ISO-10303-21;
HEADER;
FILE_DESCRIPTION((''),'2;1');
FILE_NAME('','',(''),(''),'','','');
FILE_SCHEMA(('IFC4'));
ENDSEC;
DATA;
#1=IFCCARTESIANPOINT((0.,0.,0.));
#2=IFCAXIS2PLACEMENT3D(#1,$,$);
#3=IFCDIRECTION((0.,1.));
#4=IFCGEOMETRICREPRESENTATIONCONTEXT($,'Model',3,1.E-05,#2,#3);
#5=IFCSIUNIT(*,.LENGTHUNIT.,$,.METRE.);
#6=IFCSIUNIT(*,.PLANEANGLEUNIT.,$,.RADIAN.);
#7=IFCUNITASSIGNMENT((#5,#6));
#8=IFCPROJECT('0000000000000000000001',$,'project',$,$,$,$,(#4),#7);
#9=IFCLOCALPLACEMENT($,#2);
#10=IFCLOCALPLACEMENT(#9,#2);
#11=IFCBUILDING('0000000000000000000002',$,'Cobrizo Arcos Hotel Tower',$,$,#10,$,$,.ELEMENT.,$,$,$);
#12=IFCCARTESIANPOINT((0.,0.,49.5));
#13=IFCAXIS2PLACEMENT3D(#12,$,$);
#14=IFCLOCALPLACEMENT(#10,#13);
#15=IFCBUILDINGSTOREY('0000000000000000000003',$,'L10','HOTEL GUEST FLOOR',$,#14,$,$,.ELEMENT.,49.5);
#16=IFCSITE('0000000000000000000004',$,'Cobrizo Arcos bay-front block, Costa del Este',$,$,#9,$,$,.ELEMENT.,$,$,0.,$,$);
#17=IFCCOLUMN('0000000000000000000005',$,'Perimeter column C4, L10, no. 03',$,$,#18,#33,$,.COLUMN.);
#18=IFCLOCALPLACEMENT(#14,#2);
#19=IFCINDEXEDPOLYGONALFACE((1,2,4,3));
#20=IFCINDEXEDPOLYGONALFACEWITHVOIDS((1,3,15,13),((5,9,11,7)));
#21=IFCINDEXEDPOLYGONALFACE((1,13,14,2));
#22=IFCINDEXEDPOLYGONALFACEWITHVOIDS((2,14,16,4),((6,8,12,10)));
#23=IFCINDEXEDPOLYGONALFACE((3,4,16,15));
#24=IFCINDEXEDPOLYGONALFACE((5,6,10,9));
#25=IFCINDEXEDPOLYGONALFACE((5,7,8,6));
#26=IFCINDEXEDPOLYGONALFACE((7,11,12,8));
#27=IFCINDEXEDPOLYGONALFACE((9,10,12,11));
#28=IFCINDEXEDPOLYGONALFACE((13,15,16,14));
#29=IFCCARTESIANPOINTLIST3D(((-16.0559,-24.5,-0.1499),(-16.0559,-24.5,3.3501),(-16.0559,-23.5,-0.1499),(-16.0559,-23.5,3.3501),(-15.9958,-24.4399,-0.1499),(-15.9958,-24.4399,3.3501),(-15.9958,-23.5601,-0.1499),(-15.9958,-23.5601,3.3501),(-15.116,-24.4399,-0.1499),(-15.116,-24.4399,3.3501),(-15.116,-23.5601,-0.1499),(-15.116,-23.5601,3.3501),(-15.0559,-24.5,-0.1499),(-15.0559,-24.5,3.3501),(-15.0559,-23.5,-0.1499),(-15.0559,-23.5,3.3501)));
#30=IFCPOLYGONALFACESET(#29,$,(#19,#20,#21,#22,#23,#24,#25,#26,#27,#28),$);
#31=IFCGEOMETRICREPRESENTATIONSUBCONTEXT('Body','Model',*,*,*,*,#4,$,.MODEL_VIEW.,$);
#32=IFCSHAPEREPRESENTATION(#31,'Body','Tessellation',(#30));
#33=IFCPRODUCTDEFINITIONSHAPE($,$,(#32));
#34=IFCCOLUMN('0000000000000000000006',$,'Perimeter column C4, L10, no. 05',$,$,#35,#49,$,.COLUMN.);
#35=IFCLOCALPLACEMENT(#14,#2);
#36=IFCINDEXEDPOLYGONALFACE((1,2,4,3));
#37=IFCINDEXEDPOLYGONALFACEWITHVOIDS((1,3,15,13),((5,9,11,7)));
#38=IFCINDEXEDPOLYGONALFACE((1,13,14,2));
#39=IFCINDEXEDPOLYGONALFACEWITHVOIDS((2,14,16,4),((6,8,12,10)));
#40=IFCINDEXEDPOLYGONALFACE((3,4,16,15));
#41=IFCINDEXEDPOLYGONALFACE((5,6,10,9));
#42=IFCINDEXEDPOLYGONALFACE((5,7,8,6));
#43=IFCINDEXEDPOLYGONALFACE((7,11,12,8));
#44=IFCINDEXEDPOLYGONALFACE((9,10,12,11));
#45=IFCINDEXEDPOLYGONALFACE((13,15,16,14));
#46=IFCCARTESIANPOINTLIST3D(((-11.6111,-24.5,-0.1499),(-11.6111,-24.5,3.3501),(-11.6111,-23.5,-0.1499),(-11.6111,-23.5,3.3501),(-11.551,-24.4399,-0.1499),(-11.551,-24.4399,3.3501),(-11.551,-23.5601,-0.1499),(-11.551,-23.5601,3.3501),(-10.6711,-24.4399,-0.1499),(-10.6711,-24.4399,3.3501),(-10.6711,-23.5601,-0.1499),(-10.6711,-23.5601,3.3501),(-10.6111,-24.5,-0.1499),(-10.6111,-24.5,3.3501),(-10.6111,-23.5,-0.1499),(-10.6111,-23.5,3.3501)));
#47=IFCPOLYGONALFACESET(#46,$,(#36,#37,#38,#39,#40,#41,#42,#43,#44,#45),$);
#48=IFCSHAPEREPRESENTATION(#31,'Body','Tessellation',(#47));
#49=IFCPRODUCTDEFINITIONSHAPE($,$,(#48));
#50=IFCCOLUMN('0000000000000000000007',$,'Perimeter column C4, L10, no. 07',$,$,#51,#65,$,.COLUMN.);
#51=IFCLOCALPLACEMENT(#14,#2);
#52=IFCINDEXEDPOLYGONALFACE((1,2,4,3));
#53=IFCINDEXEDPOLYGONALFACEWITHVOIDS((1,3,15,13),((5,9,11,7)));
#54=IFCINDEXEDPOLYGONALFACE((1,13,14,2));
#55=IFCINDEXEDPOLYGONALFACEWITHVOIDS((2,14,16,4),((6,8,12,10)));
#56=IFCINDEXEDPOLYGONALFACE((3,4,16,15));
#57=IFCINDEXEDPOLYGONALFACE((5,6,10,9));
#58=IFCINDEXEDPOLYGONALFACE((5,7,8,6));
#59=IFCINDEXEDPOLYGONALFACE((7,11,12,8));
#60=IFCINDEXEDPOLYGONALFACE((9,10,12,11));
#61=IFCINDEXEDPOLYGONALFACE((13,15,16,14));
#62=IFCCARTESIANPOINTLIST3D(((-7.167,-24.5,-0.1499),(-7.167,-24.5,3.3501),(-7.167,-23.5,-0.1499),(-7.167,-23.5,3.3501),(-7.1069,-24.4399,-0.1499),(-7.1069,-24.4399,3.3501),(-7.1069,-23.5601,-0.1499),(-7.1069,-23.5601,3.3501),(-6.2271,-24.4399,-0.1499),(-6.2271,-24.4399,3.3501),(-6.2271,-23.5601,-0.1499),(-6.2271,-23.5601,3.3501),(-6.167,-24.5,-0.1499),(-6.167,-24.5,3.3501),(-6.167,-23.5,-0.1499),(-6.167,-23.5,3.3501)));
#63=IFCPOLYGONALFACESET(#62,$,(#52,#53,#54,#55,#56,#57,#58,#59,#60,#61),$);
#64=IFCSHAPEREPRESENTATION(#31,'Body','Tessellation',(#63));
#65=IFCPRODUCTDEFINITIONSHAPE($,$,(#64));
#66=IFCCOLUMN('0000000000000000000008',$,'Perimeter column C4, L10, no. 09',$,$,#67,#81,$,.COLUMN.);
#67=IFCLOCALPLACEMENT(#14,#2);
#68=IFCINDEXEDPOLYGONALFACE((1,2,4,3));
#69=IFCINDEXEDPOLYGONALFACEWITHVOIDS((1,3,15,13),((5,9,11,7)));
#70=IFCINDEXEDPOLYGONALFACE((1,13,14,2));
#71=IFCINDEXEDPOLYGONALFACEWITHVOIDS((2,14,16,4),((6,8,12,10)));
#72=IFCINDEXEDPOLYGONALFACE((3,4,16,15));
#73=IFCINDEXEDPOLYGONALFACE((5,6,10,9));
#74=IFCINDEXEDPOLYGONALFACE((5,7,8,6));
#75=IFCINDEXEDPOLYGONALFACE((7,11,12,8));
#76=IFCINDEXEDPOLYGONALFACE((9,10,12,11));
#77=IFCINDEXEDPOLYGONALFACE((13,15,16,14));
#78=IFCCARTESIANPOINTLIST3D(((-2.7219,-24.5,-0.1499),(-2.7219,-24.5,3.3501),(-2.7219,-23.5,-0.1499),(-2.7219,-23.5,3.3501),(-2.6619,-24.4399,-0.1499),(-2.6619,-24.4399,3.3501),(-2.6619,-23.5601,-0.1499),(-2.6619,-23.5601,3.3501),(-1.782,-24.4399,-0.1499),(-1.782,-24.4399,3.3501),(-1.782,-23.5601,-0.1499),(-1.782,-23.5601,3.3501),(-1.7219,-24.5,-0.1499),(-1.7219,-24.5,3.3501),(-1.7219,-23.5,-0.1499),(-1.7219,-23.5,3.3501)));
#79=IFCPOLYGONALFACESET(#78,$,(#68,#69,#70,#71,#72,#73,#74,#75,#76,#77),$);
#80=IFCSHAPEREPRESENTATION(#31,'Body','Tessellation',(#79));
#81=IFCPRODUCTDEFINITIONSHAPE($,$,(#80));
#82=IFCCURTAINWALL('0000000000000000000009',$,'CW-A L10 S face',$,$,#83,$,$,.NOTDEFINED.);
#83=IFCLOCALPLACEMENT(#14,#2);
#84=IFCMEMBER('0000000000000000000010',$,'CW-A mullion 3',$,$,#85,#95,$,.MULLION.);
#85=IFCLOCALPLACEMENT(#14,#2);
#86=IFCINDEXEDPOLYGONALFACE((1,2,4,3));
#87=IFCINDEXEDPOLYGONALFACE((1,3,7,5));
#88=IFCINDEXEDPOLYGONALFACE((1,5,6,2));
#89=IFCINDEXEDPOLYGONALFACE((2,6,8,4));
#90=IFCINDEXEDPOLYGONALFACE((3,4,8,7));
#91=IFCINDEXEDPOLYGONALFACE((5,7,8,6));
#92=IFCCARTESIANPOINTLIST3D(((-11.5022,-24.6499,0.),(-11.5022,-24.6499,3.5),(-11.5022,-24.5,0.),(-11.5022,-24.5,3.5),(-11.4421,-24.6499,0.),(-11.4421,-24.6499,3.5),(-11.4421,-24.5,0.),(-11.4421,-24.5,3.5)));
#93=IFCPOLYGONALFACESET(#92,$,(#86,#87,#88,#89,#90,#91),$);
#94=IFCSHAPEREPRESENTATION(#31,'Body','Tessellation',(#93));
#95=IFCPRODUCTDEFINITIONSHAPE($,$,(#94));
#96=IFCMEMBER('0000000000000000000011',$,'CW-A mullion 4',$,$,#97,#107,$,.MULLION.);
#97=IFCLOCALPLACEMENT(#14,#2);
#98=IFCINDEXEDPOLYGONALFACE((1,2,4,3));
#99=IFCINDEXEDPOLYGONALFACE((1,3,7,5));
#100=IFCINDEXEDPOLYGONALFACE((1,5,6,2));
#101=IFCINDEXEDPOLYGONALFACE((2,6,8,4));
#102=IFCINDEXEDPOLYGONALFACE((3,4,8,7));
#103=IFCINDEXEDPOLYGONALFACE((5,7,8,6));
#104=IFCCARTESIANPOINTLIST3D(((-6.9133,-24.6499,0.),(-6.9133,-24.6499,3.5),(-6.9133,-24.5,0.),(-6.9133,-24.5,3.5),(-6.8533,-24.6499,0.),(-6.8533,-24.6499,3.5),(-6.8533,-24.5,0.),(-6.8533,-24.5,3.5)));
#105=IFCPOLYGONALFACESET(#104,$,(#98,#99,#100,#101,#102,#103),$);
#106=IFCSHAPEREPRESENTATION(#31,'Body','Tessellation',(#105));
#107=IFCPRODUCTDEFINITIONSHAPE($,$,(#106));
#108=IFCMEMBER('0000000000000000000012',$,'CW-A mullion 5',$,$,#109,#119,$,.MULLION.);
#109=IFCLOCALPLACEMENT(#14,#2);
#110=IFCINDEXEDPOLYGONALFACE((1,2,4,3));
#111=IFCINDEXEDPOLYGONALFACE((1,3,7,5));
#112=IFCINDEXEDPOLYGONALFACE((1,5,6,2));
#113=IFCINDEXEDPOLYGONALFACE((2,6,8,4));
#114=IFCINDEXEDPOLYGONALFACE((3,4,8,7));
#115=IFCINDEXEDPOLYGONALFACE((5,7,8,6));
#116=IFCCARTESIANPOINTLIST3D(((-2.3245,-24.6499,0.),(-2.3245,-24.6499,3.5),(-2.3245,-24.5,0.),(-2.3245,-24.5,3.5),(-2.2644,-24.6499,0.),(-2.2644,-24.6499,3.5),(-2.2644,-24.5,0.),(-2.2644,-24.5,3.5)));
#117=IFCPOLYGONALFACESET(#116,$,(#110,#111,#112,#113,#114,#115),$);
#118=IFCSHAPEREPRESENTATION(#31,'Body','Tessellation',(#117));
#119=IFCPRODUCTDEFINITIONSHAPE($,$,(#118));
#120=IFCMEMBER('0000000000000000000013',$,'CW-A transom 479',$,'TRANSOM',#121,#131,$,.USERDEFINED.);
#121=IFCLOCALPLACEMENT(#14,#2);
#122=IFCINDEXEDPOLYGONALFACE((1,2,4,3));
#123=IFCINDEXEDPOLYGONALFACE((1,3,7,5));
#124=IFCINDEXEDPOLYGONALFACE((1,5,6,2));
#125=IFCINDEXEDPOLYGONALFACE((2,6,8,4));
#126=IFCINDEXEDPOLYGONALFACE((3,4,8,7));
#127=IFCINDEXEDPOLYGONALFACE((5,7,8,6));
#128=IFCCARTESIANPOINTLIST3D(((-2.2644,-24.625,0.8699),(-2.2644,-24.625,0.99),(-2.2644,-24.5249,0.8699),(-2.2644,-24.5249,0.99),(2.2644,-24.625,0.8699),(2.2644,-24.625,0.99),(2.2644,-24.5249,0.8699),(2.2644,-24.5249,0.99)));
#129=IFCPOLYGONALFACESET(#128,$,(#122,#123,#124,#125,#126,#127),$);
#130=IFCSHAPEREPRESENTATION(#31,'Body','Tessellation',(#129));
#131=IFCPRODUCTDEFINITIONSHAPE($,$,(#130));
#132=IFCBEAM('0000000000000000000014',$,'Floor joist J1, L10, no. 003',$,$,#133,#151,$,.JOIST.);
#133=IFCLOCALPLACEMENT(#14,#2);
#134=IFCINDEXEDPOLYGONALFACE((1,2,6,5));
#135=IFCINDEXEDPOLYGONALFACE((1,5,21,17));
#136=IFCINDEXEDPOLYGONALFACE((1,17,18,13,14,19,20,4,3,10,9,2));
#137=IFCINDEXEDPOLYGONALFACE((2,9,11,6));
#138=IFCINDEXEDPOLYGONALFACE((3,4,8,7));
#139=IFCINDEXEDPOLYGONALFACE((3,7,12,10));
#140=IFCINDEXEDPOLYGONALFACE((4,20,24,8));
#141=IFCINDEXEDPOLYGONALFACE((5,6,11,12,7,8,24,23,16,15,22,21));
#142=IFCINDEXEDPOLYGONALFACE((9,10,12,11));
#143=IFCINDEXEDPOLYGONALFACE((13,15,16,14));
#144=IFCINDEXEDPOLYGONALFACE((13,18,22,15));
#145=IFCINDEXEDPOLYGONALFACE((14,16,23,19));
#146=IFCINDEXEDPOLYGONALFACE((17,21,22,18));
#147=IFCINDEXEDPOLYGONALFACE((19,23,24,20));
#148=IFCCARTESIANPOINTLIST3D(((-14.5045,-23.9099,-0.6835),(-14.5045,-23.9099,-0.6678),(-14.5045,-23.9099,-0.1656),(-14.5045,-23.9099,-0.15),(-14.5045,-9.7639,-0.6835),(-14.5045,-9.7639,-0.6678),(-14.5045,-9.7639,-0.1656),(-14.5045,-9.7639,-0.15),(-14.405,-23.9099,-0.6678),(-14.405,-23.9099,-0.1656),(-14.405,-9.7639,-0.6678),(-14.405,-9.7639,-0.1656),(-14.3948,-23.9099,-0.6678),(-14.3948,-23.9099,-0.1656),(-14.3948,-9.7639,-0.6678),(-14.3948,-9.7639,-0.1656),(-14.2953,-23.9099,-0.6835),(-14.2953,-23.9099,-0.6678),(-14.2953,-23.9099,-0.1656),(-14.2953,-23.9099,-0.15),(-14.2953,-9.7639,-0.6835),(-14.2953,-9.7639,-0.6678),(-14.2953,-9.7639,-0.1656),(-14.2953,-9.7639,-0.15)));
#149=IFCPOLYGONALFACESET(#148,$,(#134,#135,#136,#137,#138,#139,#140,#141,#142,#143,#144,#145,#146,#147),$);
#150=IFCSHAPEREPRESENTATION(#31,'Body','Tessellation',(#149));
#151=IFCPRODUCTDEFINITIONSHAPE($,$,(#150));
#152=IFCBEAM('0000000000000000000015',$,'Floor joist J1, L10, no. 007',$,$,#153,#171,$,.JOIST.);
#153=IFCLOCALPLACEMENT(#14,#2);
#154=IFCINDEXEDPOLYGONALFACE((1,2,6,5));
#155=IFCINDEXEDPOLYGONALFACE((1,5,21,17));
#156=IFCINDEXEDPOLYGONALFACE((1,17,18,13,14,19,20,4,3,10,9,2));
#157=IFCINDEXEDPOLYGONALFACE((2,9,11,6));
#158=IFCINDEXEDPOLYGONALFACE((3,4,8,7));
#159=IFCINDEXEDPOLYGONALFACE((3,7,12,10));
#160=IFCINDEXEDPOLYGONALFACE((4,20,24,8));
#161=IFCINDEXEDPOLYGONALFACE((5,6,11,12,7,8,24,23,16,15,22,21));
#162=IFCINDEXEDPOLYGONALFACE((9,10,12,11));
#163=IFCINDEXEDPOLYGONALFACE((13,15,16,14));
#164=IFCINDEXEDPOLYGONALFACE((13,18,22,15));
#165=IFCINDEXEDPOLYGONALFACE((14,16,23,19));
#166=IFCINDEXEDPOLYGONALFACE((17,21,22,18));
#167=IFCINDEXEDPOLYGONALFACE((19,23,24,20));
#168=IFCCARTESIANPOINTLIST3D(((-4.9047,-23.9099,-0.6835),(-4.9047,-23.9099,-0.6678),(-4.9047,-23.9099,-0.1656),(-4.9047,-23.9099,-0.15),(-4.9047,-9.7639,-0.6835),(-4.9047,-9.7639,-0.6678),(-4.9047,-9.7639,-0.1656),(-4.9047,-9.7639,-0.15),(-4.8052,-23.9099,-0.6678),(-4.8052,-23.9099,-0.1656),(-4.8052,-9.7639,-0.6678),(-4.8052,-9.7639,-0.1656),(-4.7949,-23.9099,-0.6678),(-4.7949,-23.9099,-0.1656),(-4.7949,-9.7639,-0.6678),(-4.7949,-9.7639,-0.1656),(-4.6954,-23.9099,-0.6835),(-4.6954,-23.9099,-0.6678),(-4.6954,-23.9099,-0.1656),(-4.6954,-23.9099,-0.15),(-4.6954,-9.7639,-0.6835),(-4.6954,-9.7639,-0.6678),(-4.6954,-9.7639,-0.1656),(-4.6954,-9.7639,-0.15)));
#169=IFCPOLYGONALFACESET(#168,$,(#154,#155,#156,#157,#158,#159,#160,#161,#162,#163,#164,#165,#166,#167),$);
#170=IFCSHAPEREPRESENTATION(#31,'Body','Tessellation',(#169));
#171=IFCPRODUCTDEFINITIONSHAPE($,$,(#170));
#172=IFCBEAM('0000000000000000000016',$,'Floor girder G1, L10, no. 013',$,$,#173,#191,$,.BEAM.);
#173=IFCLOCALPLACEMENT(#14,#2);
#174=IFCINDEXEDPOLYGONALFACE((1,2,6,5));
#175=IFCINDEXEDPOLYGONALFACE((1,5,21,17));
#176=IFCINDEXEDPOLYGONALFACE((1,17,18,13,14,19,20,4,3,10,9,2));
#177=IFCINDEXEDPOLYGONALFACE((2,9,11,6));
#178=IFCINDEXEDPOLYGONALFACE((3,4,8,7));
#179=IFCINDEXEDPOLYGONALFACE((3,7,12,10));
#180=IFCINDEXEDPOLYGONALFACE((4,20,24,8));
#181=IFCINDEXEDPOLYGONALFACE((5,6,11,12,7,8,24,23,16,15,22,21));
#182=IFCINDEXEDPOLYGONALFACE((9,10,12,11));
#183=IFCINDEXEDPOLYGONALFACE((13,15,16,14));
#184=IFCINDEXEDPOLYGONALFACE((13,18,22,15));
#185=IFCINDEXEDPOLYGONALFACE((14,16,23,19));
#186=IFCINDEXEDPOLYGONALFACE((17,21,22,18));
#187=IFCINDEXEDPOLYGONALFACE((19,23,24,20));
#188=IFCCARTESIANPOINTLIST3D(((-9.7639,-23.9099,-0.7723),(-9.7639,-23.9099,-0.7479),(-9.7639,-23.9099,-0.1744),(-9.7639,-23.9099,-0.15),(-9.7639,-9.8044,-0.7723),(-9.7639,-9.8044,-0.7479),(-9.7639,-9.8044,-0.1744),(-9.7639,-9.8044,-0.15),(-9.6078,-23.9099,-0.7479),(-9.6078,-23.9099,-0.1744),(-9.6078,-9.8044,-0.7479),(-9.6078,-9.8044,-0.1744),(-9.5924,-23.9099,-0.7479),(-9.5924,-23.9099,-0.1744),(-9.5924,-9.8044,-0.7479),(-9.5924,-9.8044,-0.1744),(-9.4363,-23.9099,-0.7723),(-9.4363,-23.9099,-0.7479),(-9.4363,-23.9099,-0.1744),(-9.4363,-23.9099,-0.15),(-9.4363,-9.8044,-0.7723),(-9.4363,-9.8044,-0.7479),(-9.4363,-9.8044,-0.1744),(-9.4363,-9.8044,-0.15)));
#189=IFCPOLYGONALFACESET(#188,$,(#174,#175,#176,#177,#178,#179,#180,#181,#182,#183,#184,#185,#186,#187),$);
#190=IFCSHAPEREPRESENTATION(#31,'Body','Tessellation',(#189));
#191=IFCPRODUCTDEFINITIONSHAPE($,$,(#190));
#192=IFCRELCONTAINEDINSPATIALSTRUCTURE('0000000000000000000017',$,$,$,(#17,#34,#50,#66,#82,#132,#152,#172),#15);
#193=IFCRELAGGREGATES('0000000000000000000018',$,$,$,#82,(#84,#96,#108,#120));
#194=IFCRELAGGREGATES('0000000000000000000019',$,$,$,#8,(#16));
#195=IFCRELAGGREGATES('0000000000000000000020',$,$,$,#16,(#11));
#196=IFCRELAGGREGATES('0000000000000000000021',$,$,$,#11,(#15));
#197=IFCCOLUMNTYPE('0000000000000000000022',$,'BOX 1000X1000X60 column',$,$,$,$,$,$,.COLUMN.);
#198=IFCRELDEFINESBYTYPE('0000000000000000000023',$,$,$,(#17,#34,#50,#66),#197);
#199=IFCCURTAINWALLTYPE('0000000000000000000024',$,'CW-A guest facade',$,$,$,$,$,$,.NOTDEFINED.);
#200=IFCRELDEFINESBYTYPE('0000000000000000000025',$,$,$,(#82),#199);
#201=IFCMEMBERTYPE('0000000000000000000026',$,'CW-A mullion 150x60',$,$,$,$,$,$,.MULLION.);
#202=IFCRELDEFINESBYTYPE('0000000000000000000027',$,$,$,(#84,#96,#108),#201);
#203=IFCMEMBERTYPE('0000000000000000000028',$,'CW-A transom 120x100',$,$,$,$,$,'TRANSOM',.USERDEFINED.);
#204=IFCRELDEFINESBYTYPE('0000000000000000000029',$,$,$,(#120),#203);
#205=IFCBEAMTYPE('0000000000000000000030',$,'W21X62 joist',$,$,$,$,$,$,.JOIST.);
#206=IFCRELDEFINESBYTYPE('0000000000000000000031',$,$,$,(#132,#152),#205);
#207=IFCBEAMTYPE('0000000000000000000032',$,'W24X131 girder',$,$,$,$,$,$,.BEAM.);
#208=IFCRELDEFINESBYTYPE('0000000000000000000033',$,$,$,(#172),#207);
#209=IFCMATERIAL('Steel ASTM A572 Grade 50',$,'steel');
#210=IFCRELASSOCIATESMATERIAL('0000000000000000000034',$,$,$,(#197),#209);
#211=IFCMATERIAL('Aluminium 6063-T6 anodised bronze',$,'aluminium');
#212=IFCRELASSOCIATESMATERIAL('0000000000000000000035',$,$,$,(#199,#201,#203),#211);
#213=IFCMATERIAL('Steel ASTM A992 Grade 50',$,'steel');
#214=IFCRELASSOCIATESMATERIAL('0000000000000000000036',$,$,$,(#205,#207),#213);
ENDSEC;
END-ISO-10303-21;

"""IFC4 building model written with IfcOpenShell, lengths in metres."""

from ifc_helpers import new_model, si_unit, direction, frame, origin, origin_2d, place, context, subcontext, project, spatial, rectangle, hollow_rectangle, i_section, extrude, material, material_profile, profile_set, type_object, element, aggregate, save


model = new_model("IFC4")

# Units and contexts
model_context = context("Model", 3, precision=1e-05, world=origin(), true_north=direction((0.0, 1.0)))
body_context = subcontext(model_context, "Body", "Model", "MODEL_VIEW")
ifc_project = project(units=[si_unit("LENGTHUNIT", "METRE"), si_unit("PLANEANGLEUNIT", "RADIAN")], contexts=[model_context])

# Site, building, storey
site_placement = place(None, origin())
site = spatial("IfcSite", under=ifc_project, at=site_placement, Name="Cobrizo Arcos bay-front block, Costa del Este", CompositionType="ELEMENT", RefElevation=0.0)
building_placement = place(site_placement, origin())
building = spatial("IfcBuilding", under=site, at=building_placement, Name="Cobrizo Arcos Hotel Tower", CompositionType="ELEMENT")
storey_placement = place(building_placement, frame((0.0, 0.0, 49.5)))
storey = spatial("IfcBuildingStorey", under=building, at=storey_placement, Name="L10", Description="HOTEL GUEST FLOOR", CompositionType="ELEMENT", Elevation=49.5)

# Columns
ifc_material_1 = material(Name="Steel ASTM A572 Grade 50", Category="steel")
ifc_material_profile_1 = material_profile(ifc_material_1, hollow_rectangle(XDim=1.0, YDim=1.0, WallThickness=0.0601, at=origin_2d()), Name="BOX 1000X1000X60")
ifc_profile_set_1 = profile_set([ifc_material_profile_1], Name="Steel ASTM A572 Grade 50")
column_type = type_object("IfcColumnType", Name="BOX 1000X1000X60 column", PredefinedType="COLUMN", material=ifc_profile_set_1)
for number, where, z_axis, x_axis, name in (
    (1, (-15.5559, -24.0, -0.1499), (0.0, 0.0, 1.0), (1.0, 0.0, 0.0), "Perimeter column C4, L10, no. 03"),
    (2, (-11.1111, -24.0, -0.1499), (0.0, 0.0, 1.0), (1.0, 0.0, 0.0), "Perimeter column C4, L10, no. 05"),
    (3, (-6.667, -24.0, -0.1499), (0.0, 0.0, 1.0), (1.0, 0.0, 0.0), "Perimeter column C4, L10, no. 07"),
    (4, (-2.2219, -24.0, -0.1499), (0.0, 0.0, 1.0), (1.0, 0.0, 0.0), "Perimeter column C4, L10, no. 09"),
):
    element("IfcColumn", number, at=place(storey_placement, frame(where, z_axis=z_axis, x_axis=x_axis)), inside=storey, type_object=column_type, Name=name, PredefinedType="COLUMN", context=body_context, shape_type="SweptSolid", body=[
        extrude(hollow_rectangle(XDim=1.0, YDim=1.0, WallThickness=0.0601, at=origin_2d()), origin(), (0.0, 0.0, 1.0), 3.5),
    ])

# Curtain wall, members
ifc_material_2 = material(Name="Aluminium 6063-T6 anodised bronze", Category="aluminium")
curtain_wall_type = type_object("IfcCurtainWallType", Name="CW-A guest facade", PredefinedType="NOTDEFINED", material=ifc_material_2)
curtain_wall_placement = place(storey_placement, origin())
curtain_wall = element("IfcCurtainWall", 5, at=curtain_wall_placement, inside=storey, type_object=curtain_wall_type, Name="CW-A L10 S face", PredefinedType="NOTDEFINED")
ifc_material_profile_2 = material_profile(ifc_material_2, rectangle(XDim=0.1499, YDim=0.0601, at=origin_2d()), Name="CW-A mullion 150x60")
ifc_profile_set_2 = profile_set([ifc_material_profile_2], Name="Aluminium 6063-T6 anodised bronze")
member_type_1 = type_object("IfcMemberType", Name="CW-A mullion 150x60", PredefinedType="MULLION", material=ifc_profile_set_2)
member_1_placement = place(storey_placement, frame((-11.4722, -24.575, 0.0), z_axis=(0.0, 0.0, 1.0), x_axis=(0.0, -1.0, 0.0)))
member_1 = element("IfcMember", 6, at=member_1_placement, type_object=member_type_1, Name="CW-A mullion 3", PredefinedType="MULLION", context=body_context, shape_type="SweptSolid", body=[
    extrude(rectangle(XDim=0.1499, YDim=0.0601, at=origin_2d()), origin(), (0.0, 0.0, 1.0), 3.5),
])
member_2_placement = place(storey_placement, frame((-6.8833, -24.575, 0.0), z_axis=(0.0, 0.0, 1.0), x_axis=(0.0, -1.0, 0.0)))
member_2 = element("IfcMember", 7, at=member_2_placement, type_object=member_type_1, Name="CW-A mullion 4", PredefinedType="MULLION", context=body_context, shape_type="SweptSolid", body=[
    extrude(rectangle(XDim=0.1499, YDim=0.0601, at=origin_2d()), origin(), (0.0, 0.0, 1.0), 3.5),
])
member_3_placement = place(storey_placement, frame((-2.2944, -24.575, 0.0), z_axis=(0.0, 0.0, 1.0), x_axis=(0.0, -1.0, 0.0)))
member_3 = element("IfcMember", 8, at=member_3_placement, type_object=member_type_1, Name="CW-A mullion 5", PredefinedType="MULLION", context=body_context, shape_type="SweptSolid", body=[
    extrude(rectangle(XDim=0.1499, YDim=0.0601, at=origin_2d()), origin(), (0.0, 0.0, 1.0), 3.5),
])
ifc_material_profile_3 = material_profile(ifc_material_2, rectangle(XDim=0.1001, YDim=0.1201, at=origin_2d()), Name="CW-A transom 120x100")
ifc_profile_set_3 = profile_set([ifc_material_profile_3], Name="Aluminium 6063-T6 anodised bronze")
member_type_2 = type_object("IfcMemberType", Name="CW-A transom 120x100", ElementType="TRANSOM", PredefinedType="USERDEFINED", material=ifc_profile_set_3)
member_4_placement = place(storey_placement, frame((-2.2644, -24.575, 0.9299), z_axis=(1.0, 0.0, 0.0), x_axis=(0.0, 1.0, 0.0)))
member_4 = element("IfcMember", 9, at=member_4_placement, type_object=member_type_2, Name="CW-A transom 479", ObjectType="TRANSOM", PredefinedType="USERDEFINED", context=body_context, shape_type="SweptSolid", body=[
    extrude(rectangle(XDim=0.1001, YDim=0.1201, at=origin_2d()), origin(), (0.0, 0.0, 1.0), 4.5288),
])

# Beams
ifc_material_3 = material(Name="Steel ASTM A992 Grade 50", Category="steel")
ifc_material_profile_4 = material_profile(ifc_material_3, i_section(OverallWidth=0.2092, OverallDepth=0.5334, WebThickness=0.0103, FlangeThickness=0.0156, at=origin_2d()), Name="W21X62")
ifc_profile_set_4 = profile_set([ifc_material_profile_4], Name="Steel ASTM A992 Grade 50")
beam_type_1 = type_object("IfcBeamType", Name="W21X62 joist", PredefinedType="JOIST", material=ifc_profile_set_4)
for number, where, z_axis, x_axis, name in (
    (10, (-14.3999, -23.9099, -0.4167), (0.0, 1.0, 0.0), (-1.0, 0.0, 0.0), "Floor joist J1, L10, no. 003"),
    (11, (-4.8, -23.9099, -0.4167), (0.0, 1.0, 0.0), (-1.0, 0.0, 0.0), "Floor joist J1, L10, no. 007"),
):
    element("IfcBeam", number, at=place(storey_placement, frame(where, z_axis=z_axis, x_axis=x_axis)), inside=storey, type_object=beam_type_1, Name=name, PredefinedType="JOIST", context=body_context, shape_type="SweptSolid", body=[
        extrude(i_section(OverallWidth=0.2092, OverallDepth=0.5334, WebThickness=0.0103, FlangeThickness=0.0156, at=origin_2d()), origin(), (0.0, 0.0, 1.0), 14.146),
    ])
ifc_material_profile_5 = material_profile(ifc_material_3, i_section(OverallWidth=0.3276, OverallDepth=0.6223, WebThickness=0.0154, FlangeThickness=0.0244, at=origin_2d()), Name="W24X131")
ifc_profile_set_5 = profile_set([ifc_material_profile_5], Name="Steel ASTM A992 Grade 50")
beam_type_2 = type_object("IfcBeamType", Name="W24X131 girder", PredefinedType="BEAM", material=ifc_profile_set_5)
for number, where, z_axis, x_axis, name in (
    (12, (-9.6001, -23.9099, -0.4612), (0.0, 1.0, 0.0), (-1.0, 0.0, 0.0), "Floor girder G1, L10, no. 013"),
):
    element("IfcBeam", number, at=place(storey_placement, frame(where, z_axis=z_axis, x_axis=x_axis)), inside=storey, type_object=beam_type_2, Name=name, PredefinedType="BEAM", context=body_context, shape_type="SweptSolid", body=[
        extrude(i_section(OverallWidth=0.3276, OverallDepth=0.6223, WebThickness=0.0154, FlangeThickness=0.0244, at=origin_2d()), origin(), (0.0, 0.0, 1.0), 14.1055),
    ])

aggregate(curtain_wall, [member_1, member_2, member_3, member_4])

save(model, "model.ifc")
